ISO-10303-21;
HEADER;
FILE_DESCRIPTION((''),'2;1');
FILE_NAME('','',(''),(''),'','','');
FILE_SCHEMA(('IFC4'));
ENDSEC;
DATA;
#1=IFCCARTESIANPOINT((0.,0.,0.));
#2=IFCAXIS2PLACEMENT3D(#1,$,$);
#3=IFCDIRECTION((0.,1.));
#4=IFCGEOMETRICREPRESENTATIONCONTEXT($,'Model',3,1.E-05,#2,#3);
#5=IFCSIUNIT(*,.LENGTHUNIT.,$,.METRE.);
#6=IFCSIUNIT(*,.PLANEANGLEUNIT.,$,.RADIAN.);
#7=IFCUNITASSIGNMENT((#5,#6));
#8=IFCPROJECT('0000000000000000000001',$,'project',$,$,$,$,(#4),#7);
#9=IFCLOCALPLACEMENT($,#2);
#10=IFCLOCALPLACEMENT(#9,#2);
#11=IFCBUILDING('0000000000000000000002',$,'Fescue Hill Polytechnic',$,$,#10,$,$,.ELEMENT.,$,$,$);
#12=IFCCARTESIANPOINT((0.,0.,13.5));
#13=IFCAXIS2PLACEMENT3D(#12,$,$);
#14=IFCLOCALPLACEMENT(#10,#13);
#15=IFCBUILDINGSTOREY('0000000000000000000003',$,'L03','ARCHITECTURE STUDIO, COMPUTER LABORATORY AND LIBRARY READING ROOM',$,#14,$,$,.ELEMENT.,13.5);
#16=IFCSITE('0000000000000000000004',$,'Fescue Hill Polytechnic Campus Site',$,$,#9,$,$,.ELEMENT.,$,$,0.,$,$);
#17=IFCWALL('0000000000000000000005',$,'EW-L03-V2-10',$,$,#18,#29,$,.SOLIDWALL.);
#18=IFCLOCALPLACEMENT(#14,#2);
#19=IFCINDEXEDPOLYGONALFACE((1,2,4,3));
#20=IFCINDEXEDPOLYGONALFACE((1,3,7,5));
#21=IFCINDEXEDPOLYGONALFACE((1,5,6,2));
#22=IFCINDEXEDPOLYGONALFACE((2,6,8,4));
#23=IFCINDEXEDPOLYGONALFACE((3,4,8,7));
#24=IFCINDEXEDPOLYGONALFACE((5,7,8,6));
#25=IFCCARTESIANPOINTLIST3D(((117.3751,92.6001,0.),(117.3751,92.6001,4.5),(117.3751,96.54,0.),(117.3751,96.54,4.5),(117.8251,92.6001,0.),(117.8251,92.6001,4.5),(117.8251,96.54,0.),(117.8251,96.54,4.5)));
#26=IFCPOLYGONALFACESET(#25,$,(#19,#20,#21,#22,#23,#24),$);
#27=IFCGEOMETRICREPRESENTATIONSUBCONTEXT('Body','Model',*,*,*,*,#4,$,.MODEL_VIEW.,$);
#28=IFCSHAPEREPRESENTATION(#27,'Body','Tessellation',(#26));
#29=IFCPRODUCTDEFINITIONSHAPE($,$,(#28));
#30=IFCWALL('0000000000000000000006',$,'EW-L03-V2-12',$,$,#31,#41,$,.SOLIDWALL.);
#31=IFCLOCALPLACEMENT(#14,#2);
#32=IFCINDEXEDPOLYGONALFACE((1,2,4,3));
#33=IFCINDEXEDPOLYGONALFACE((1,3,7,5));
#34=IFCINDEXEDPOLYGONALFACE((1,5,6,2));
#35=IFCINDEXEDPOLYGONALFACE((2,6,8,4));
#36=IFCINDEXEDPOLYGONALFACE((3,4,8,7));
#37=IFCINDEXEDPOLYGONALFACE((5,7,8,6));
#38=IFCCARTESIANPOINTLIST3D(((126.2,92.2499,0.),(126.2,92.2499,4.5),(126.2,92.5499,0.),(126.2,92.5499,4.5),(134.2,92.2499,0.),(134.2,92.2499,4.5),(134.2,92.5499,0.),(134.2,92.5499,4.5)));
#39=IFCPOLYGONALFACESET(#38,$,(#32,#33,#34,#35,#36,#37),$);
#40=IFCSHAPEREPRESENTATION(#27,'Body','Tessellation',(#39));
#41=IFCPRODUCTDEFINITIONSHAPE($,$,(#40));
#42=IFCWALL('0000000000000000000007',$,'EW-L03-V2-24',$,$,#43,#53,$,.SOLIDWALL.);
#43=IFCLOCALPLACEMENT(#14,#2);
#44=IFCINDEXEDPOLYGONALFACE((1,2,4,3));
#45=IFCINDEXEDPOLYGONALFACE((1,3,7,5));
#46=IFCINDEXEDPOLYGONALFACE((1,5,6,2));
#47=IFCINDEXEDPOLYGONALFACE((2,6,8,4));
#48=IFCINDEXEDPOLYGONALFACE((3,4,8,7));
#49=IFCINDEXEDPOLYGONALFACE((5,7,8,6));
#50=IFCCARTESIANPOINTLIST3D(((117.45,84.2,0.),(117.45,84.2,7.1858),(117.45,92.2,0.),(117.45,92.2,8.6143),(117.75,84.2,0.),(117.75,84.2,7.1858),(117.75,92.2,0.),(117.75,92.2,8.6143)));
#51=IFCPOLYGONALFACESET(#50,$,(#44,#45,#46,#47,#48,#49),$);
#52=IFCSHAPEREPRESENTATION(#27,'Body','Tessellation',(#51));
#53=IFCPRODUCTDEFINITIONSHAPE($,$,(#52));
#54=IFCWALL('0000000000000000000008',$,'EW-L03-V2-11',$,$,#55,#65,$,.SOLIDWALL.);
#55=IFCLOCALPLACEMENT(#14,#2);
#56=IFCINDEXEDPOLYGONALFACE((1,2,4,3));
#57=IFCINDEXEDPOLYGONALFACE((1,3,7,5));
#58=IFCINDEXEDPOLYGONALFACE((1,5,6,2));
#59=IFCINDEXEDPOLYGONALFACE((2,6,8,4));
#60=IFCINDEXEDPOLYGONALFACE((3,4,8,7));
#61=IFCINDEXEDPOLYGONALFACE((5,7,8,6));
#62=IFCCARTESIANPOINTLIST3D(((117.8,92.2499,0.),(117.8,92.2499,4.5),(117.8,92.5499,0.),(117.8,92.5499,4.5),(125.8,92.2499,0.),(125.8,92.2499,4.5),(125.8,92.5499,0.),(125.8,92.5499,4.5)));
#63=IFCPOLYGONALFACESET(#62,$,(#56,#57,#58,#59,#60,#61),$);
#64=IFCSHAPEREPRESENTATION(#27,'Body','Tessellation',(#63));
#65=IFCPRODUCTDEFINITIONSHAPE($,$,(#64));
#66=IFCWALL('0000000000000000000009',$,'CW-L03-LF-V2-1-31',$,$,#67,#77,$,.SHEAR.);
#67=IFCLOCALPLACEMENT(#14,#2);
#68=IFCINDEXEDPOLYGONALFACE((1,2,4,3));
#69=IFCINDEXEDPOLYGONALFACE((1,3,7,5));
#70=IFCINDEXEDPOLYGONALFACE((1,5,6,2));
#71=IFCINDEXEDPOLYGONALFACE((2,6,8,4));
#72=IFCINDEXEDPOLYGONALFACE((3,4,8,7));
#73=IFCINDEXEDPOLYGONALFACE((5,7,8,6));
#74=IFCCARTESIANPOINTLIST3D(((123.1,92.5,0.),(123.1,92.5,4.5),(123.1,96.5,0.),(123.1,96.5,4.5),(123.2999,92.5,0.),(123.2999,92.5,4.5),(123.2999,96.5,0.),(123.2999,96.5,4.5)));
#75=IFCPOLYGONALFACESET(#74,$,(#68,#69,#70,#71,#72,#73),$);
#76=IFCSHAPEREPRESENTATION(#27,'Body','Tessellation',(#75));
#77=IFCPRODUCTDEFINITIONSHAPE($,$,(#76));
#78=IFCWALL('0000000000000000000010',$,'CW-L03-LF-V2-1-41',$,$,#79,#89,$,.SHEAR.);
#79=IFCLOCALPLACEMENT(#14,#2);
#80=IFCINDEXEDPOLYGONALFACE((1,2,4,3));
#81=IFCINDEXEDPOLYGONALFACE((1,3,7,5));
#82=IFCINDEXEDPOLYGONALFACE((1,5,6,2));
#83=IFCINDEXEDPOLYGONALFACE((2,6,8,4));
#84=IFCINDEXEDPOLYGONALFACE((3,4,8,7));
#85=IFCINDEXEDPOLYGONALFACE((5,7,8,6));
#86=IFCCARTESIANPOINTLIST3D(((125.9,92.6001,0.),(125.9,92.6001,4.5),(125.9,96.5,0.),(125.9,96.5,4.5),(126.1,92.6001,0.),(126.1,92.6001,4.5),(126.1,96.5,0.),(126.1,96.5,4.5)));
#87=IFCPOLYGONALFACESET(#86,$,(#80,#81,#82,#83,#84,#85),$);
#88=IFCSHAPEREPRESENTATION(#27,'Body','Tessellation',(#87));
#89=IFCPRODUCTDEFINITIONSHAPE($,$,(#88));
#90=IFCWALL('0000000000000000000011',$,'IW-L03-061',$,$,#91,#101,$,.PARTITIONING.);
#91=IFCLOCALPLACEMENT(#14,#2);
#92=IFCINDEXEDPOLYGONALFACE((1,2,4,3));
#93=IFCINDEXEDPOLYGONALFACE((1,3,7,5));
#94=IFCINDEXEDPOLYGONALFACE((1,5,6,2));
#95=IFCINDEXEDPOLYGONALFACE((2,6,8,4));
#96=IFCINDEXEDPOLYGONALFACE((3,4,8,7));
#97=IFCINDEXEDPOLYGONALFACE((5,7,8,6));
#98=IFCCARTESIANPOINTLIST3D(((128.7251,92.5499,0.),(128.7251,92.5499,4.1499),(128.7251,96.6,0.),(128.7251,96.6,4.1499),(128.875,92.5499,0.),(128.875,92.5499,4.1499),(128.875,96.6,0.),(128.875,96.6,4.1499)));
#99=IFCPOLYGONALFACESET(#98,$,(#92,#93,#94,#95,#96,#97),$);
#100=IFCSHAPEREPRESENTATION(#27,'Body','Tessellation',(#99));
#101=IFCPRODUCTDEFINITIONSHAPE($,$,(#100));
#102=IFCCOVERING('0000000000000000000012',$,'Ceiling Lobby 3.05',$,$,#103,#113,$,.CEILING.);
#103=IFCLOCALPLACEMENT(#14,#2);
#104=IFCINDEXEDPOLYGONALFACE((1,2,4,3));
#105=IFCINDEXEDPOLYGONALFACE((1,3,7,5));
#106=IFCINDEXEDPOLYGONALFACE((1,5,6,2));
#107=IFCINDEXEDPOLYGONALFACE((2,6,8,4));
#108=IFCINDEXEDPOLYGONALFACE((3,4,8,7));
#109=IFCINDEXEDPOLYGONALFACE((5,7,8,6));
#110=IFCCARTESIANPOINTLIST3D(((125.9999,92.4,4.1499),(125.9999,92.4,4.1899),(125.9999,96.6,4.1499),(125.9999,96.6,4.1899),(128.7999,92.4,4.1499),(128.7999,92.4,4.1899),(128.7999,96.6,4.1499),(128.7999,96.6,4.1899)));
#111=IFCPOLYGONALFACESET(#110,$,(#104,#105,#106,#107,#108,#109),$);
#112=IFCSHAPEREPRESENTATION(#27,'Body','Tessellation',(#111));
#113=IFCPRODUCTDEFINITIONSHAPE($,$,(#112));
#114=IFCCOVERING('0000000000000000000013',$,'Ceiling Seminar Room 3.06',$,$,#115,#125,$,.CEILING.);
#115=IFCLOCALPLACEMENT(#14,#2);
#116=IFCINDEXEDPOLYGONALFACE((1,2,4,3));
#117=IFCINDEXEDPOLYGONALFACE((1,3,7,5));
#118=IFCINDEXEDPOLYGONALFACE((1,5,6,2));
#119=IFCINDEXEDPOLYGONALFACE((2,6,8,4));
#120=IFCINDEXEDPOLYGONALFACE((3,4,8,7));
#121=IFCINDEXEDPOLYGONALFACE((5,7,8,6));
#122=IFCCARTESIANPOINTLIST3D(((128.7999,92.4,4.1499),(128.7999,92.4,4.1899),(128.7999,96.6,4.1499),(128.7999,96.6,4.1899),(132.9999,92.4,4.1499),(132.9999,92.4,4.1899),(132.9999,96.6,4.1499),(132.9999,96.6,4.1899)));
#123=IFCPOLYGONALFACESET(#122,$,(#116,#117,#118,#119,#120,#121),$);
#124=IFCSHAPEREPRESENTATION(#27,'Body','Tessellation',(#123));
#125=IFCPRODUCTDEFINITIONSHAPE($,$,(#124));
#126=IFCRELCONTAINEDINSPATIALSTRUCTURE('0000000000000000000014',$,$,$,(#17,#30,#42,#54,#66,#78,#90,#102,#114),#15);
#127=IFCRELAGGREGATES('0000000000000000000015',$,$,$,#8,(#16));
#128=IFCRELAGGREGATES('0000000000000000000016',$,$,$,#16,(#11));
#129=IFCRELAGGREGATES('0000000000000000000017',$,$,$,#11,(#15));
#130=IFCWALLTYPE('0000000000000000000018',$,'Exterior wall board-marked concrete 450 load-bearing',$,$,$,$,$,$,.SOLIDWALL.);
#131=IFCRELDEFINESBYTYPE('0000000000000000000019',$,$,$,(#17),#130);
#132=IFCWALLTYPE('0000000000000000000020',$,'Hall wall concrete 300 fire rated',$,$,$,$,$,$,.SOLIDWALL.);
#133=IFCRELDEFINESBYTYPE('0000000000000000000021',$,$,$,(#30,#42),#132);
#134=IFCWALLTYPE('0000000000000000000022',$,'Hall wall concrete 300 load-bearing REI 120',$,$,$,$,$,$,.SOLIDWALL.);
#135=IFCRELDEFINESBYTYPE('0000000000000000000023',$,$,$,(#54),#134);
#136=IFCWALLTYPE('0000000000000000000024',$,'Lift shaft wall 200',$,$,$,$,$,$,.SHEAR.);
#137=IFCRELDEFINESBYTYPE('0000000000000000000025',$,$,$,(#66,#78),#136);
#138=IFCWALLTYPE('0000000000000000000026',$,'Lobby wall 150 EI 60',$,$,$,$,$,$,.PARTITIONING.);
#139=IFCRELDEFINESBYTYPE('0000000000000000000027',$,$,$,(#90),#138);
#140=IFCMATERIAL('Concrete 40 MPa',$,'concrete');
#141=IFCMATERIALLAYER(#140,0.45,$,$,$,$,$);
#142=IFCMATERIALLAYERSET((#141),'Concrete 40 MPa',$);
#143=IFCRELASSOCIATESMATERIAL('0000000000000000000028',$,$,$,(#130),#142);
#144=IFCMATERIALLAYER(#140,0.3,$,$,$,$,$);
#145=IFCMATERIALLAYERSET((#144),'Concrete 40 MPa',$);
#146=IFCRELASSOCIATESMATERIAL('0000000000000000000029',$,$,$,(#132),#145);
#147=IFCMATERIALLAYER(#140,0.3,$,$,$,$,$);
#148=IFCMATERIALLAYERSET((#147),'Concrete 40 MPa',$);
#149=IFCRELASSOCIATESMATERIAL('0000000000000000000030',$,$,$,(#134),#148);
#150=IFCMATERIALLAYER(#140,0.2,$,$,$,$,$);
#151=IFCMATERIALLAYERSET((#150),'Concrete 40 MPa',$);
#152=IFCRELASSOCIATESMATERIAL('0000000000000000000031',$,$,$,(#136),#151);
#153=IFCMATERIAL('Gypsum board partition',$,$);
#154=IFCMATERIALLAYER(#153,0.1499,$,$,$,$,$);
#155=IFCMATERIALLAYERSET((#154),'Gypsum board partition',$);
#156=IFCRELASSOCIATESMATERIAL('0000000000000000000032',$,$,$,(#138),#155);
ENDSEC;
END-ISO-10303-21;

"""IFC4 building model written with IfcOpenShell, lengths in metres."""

from ifc_helpers import new_model, si_unit, direction, frame, frame_2d, origin, origin_2d, place, context, subcontext, project, spatial, polyline, rectangle, outline, extrude, material, layer, layer_set, type_object, element, save


model = new_model("IFC4")

# Units and contexts
model_context = context("Model", 3, precision=1e-05, world=origin(), true_north=direction((0.0, 1.0)))
body_context = subcontext(model_context, "Body", "Model", "MODEL_VIEW")
ifc_project = project(units=[si_unit("LENGTHUNIT", "METRE"), si_unit("PLANEANGLEUNIT", "RADIAN")], contexts=[model_context])

# Site, building, storey
site_placement = place(None, origin())
site = spatial("IfcSite", under=ifc_project, at=site_placement, Name="Fescue Hill Polytechnic Campus Site", CompositionType="ELEMENT", RefElevation=0.0)
building_placement = place(site_placement, origin())
building = spatial("IfcBuilding", under=site, at=building_placement, Name="Fescue Hill Polytechnic", CompositionType="ELEMENT")
storey_placement = place(building_placement, frame((0.0, 0.0, 13.5)))
storey = spatial("IfcBuildingStorey", under=building, at=storey_placement, Name="L03", Description="ARCHITECTURE STUDIO, COMPUTER LABORATORY AND LIBRARY READING ROOM", CompositionType="ELEMENT", Elevation=13.5)

# Shared definitions
ifc_material_1 = material(Name="Concrete 40 MPa", Category="concrete")

# Walls
ifc_layer_1 = layer(ifc_material_1, 0.45)
ifc_layer_set_1 = layer_set([ifc_layer_1], Name="Concrete 40 MPa")
wall_type_1 = type_object("IfcWallType", Name="Exterior wall board-marked concrete 450 load-bearing", PredefinedType="SOLIDWALL", material=ifc_layer_set_1)
wall_1_placement = place(storey_placement, frame((117.6001, 96.54, 0.0), z_axis=(0.0, 0.0, 1.0), x_axis=(0.0, -1.0, 0.0)))
element("IfcWall", 1, at=wall_1_placement, inside=storey, type_object=wall_type_1, Name="EW-L03-V2-10", PredefinedType="SOLIDWALL", context=body_context, shape_type="SweptSolid", body=[
    extrude(rectangle(XDim=3.9399, YDim=0.45, at=frame_2d((1.97, 0.0))), origin(), (0.0, 0.0, 1.0), 4.5),
])
ifc_layer_2 = layer(ifc_material_1, 0.3)
ifc_layer_set_2 = layer_set([ifc_layer_2], Name="Concrete 40 MPa")
wall_type_2 = type_object("IfcWallType", Name="Hall wall concrete 300 fire rated", PredefinedType="SOLIDWALL", material=ifc_layer_set_2)
wall_2_placement = place(storey_placement, frame((126.2, 92.3999, 0.0), z_axis=(0.0, 0.0, 1.0), x_axis=(1.0, 0.0, 0.0)))
element("IfcWall", 2, at=wall_2_placement, inside=storey, type_object=wall_type_2, Name="EW-L03-V2-12", PredefinedType="SOLIDWALL", context=body_context, shape_type="SweptSolid", body=[
    extrude(rectangle(XDim=8.0, YDim=0.3, at=frame_2d((4.0, 0.0))), origin(), (0.0, 0.0, 1.0), 4.5),
])
wall_3_placement = place(storey_placement, frame((117.6001, 92.2, 0.0), z_axis=(0.0, 0.0, 1.0), x_axis=(0.0, -1.0, 0.0)))
element("IfcWall", 3, at=wall_3_placement, inside=storey, type_object=wall_type_2, Name="EW-L03-V2-24", PredefinedType="SOLIDWALL", context=body_context, shape_type="SweptSolid", body=[
    extrude(outline(polyline([(0.0, 0.0), (8.0, 0.0), (8.0, 7.1858), (0.0, 8.6143), (0.0, 0.0)])), frame((0.0, 0.1499, 0.0), z_axis=(0.0, -1.0, 0.0), x_axis=(1.0, 0.0, 0.0)), (0.0, 0.0, 1.0), 0.3),
])
ifc_layer_3 = layer(ifc_material_1, 0.3)
ifc_layer_set_3 = layer_set([ifc_layer_3], Name="Concrete 40 MPa")
wall_type_3 = type_object("IfcWallType", Name="Hall wall concrete 300 load-bearing REI 120", PredefinedType="SOLIDWALL", material=ifc_layer_set_3)
wall_4_placement = place(storey_placement, frame((117.8, 92.3999, 0.0), z_axis=(0.0, 0.0, 1.0), x_axis=(1.0, 0.0, 0.0)))
element("IfcWall", 4, at=wall_4_placement, inside=storey, type_object=wall_type_3, Name="EW-L03-V2-11", PredefinedType="SOLIDWALL", context=body_context, shape_type="SweptSolid", body=[
    extrude(rectangle(XDim=8.0, YDim=0.3, at=frame_2d((4.0, 0.0))), origin(), (0.0, 0.0, 1.0), 4.5),
])
ifc_layer_4 = layer(ifc_material_1, 0.2)
ifc_layer_set_4 = layer_set([ifc_layer_4], Name="Concrete 40 MPa")
wall_type_4 = type_object("IfcWallType", Name="Lift shaft wall 200", PredefinedType="SHEAR", material=ifc_layer_set_4)
wall_5_placement = place(storey_placement, frame((123.2, 92.5, 0.0), z_axis=(0.0, 0.0, 1.0), x_axis=(0.0, 1.0, 0.0)))
element("IfcWall", 5, at=wall_5_placement, inside=storey, type_object=wall_type_4, Name="CW-L03-LF-V2-1-31", PredefinedType="SHEAR", context=body_context, shape_type="SweptSolid", body=[
    extrude(rectangle(XDim=4.0, YDim=0.2, at=frame_2d((2.0, 0.0))), origin(), (0.0, 0.0, 1.0), 4.5),
])
wall_6_placement = place(storey_placement, frame((126.0, 92.6001, 0.0), z_axis=(0.0, 0.0, 1.0), x_axis=(0.0, 1.0, 0.0)))
element("IfcWall", 6, at=wall_6_placement, inside=storey, type_object=wall_type_4, Name="CW-L03-LF-V2-1-41", PredefinedType="SHEAR", context=body_context, shape_type="SweptSolid", body=[
    extrude(rectangle(XDim=3.8999, YDim=0.2, at=frame_2d((1.95, 0.0))), origin(), (0.0, 0.0, 1.0), 4.5),
])
ifc_material_2 = material(Name="Gypsum board partition")
ifc_layer_5 = layer(ifc_material_2, 0.1499)
ifc_layer_set_5 = layer_set([ifc_layer_5], Name="Gypsum board partition")
wall_type_5 = type_object("IfcWallType", Name="Lobby wall 150 EI 60", PredefinedType="PARTITIONING", material=ifc_layer_set_5)
wall_7_placement = place(storey_placement, frame((128.8, 92.55, 0.0), z_axis=(0.0, 0.0, 1.0), x_axis=(0.0, 1.0, 0.0)))
element("IfcWall", 7, at=wall_7_placement, inside=storey, type_object=wall_type_5, Name="IW-L03-061", PredefinedType="PARTITIONING", context=body_context, shape_type="SweptSolid", body=[
    extrude(rectangle(XDim=4.05, YDim=0.1499, at=frame_2d((2.0249, 0.0))), origin(), (0.0, 0.0, 1.0), 4.1499),
])

# Coverings
covering_1_placement = place(storey_placement, frame((127.3999, 94.5, 4.1499), z_axis=(0.0, 0.0, 1.0), x_axis=(1.0, 0.0, 0.0)))
element("IfcCovering", 8, at=covering_1_placement, inside=storey, Name="Ceiling Lobby 3.05", PredefinedType="CEILING", context=body_context, shape_type="SweptSolid", body=[
    extrude(rectangle(XDim=2.8, YDim=4.2, at=origin_2d()), origin(), (0.0, 0.0, 1.0), 0.04),
])
covering_2_placement = place(storey_placement, frame((130.8999, 94.5, 4.1499), z_axis=(0.0, 0.0, 1.0), x_axis=(1.0, 0.0, 0.0)))
element("IfcCovering", 9, at=covering_2_placement, inside=storey, Name="Ceiling Seminar Room 3.06", PredefinedType="CEILING", context=body_context, shape_type="SweptSolid", body=[
    extrude(rectangle(XDim=4.2, YDim=4.2, at=origin_2d()), origin(), (0.0, 0.0, 1.0), 0.04),
])

save(model, "model.ifc")
